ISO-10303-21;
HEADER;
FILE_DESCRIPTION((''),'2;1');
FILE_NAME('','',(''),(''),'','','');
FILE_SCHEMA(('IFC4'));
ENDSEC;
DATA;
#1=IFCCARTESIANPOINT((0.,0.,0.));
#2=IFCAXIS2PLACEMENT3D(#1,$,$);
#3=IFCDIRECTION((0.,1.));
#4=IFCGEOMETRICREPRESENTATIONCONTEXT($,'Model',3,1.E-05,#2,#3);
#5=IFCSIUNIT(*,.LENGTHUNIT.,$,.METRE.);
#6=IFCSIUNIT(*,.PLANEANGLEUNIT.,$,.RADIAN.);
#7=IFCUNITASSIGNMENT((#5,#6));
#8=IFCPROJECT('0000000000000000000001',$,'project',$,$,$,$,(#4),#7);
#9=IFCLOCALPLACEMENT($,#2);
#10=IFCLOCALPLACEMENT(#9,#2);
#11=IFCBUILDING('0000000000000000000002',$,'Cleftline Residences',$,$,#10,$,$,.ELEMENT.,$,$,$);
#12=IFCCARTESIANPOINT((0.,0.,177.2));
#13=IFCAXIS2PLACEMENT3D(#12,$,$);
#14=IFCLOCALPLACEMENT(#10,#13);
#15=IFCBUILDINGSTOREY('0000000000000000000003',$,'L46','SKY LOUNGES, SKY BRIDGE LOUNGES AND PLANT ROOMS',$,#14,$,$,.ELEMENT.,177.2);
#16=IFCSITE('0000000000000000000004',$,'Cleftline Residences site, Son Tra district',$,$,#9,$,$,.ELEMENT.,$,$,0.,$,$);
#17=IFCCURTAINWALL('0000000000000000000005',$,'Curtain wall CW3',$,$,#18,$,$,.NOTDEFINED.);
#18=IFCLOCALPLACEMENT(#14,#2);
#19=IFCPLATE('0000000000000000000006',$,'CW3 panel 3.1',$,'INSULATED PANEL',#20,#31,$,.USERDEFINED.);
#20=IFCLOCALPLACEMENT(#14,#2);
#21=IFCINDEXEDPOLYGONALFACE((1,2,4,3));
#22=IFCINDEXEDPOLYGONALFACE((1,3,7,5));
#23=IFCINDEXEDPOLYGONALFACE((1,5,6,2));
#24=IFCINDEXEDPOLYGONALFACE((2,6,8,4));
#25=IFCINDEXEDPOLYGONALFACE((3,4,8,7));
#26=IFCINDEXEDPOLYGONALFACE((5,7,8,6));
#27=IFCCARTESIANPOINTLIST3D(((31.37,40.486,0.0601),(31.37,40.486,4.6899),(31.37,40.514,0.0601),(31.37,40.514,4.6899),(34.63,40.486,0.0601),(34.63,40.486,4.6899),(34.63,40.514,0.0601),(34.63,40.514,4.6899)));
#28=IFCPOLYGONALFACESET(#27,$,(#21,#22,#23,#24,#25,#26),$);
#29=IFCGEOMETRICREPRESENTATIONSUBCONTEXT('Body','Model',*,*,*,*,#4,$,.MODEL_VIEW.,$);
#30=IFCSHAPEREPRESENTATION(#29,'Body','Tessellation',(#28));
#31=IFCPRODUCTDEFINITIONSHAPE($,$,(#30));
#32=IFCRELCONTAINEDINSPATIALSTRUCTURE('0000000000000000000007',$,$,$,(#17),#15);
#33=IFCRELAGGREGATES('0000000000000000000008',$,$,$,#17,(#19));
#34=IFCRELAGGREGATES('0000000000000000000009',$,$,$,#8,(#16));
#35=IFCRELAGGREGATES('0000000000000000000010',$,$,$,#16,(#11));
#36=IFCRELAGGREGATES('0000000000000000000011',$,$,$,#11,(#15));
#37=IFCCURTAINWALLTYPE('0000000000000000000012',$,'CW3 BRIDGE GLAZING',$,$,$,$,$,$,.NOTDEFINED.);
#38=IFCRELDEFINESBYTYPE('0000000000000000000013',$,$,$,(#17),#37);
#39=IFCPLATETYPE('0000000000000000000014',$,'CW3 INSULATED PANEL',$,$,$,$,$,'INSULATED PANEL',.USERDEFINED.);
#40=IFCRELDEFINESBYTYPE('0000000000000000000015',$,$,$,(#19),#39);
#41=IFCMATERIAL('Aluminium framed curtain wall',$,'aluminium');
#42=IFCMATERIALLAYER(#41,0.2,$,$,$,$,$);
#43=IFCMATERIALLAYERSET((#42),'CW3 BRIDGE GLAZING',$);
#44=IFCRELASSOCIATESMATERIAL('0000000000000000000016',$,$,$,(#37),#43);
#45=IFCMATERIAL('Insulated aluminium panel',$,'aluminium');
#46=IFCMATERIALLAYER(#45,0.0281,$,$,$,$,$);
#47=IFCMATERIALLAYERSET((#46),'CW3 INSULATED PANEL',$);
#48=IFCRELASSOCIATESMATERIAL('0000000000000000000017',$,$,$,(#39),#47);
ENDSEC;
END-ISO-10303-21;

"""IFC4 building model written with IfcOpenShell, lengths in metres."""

from ifc_helpers import new_model, si_unit, direction, frame, origin, origin_2d, place, context, subcontext, project, spatial, rectangle, extrude, material, layer, layer_set, type_object, element, aggregate, save


model = new_model("IFC4")

# Units and contexts
model_context = context("Model", 3, precision=1e-05, world=origin(), true_north=direction((0.0, 1.0)))
body_context = subcontext(model_context, "Body", "Model", "MODEL_VIEW")
ifc_project = project(units=[si_unit("LENGTHUNIT", "METRE"), si_unit("PLANEANGLEUNIT", "RADIAN")], contexts=[model_context])

# Site, building, storey
site_placement = place(None, origin())
site = spatial("IfcSite", under=ifc_project, at=site_placement, Name="Cleftline Residences site, Son Tra district", CompositionType="ELEMENT", RefElevation=0.0)
building_placement = place(site_placement, origin())
building = spatial("IfcBuilding", under=site, at=building_placement, Name="Cleftline Residences", CompositionType="ELEMENT")
storey_placement = place(building_placement, frame((0.0, 0.0, 177.2)))
storey = spatial("IfcBuildingStorey", under=building, at=storey_placement, Name="L46", Description="SKY LOUNGES, SKY BRIDGE LOUNGES AND PLANT ROOMS", CompositionType="ELEMENT", Elevation=177.2)

# Curtain wall
ifc_material_1 = material(Name="Aluminium framed curtain wall", Category="aluminium")
ifc_layer_1 = layer(ifc_material_1, 0.2)
ifc_layer_set_1 = layer_set([ifc_layer_1], Name="CW3 BRIDGE GLAZING")
curtain_wall_type_1 = type_object("IfcCurtainWallType", Name="CW3 BRIDGE GLAZING", PredefinedType="NOTDEFINED", material=ifc_layer_set_1)
curtain_wall_1_placement = place(storey_placement, origin())
curtain_wall_1 = element("IfcCurtainWall", 1, at=curtain_wall_1_placement, inside=storey, type_object=curtain_wall_type_1, Name="Curtain wall CW3", PredefinedType="NOTDEFINED")

# Plate
ifc_material_2 = material(Name="Insulated aluminium panel", Category="aluminium")
ifc_layer_2 = layer(ifc_material_2, 0.0281)
ifc_layer_set_2 = layer_set([ifc_layer_2], Name="CW3 INSULATED PANEL")
plate_type_1 = type_object("IfcPlateType", Name="CW3 INSULATED PANEL", ElementType="INSULATED PANEL", PredefinedType="USERDEFINED", material=ifc_layer_set_2)
plate_1_placement = place(storey_placement, frame((33.0, 40.5, 0.0601), z_axis=(0.0, 0.0, 1.0), x_axis=(-1.0, 0.0, 0.0)))
plate_1 = element("IfcPlate", 2, at=plate_1_placement, type_object=plate_type_1, Name="CW3 panel 3.1", ObjectType="INSULATED PANEL", PredefinedType="USERDEFINED", context=body_context, shape_type="SweptSolid", body=[
    extrude(rectangle(XDim=3.26, YDim=0.0281, at=origin_2d()), origin(), (0.0, 0.0, 1.0), 4.6299),
])
aggregate(curtain_wall_1, [plate_1])

save(model, "model.ifc")
